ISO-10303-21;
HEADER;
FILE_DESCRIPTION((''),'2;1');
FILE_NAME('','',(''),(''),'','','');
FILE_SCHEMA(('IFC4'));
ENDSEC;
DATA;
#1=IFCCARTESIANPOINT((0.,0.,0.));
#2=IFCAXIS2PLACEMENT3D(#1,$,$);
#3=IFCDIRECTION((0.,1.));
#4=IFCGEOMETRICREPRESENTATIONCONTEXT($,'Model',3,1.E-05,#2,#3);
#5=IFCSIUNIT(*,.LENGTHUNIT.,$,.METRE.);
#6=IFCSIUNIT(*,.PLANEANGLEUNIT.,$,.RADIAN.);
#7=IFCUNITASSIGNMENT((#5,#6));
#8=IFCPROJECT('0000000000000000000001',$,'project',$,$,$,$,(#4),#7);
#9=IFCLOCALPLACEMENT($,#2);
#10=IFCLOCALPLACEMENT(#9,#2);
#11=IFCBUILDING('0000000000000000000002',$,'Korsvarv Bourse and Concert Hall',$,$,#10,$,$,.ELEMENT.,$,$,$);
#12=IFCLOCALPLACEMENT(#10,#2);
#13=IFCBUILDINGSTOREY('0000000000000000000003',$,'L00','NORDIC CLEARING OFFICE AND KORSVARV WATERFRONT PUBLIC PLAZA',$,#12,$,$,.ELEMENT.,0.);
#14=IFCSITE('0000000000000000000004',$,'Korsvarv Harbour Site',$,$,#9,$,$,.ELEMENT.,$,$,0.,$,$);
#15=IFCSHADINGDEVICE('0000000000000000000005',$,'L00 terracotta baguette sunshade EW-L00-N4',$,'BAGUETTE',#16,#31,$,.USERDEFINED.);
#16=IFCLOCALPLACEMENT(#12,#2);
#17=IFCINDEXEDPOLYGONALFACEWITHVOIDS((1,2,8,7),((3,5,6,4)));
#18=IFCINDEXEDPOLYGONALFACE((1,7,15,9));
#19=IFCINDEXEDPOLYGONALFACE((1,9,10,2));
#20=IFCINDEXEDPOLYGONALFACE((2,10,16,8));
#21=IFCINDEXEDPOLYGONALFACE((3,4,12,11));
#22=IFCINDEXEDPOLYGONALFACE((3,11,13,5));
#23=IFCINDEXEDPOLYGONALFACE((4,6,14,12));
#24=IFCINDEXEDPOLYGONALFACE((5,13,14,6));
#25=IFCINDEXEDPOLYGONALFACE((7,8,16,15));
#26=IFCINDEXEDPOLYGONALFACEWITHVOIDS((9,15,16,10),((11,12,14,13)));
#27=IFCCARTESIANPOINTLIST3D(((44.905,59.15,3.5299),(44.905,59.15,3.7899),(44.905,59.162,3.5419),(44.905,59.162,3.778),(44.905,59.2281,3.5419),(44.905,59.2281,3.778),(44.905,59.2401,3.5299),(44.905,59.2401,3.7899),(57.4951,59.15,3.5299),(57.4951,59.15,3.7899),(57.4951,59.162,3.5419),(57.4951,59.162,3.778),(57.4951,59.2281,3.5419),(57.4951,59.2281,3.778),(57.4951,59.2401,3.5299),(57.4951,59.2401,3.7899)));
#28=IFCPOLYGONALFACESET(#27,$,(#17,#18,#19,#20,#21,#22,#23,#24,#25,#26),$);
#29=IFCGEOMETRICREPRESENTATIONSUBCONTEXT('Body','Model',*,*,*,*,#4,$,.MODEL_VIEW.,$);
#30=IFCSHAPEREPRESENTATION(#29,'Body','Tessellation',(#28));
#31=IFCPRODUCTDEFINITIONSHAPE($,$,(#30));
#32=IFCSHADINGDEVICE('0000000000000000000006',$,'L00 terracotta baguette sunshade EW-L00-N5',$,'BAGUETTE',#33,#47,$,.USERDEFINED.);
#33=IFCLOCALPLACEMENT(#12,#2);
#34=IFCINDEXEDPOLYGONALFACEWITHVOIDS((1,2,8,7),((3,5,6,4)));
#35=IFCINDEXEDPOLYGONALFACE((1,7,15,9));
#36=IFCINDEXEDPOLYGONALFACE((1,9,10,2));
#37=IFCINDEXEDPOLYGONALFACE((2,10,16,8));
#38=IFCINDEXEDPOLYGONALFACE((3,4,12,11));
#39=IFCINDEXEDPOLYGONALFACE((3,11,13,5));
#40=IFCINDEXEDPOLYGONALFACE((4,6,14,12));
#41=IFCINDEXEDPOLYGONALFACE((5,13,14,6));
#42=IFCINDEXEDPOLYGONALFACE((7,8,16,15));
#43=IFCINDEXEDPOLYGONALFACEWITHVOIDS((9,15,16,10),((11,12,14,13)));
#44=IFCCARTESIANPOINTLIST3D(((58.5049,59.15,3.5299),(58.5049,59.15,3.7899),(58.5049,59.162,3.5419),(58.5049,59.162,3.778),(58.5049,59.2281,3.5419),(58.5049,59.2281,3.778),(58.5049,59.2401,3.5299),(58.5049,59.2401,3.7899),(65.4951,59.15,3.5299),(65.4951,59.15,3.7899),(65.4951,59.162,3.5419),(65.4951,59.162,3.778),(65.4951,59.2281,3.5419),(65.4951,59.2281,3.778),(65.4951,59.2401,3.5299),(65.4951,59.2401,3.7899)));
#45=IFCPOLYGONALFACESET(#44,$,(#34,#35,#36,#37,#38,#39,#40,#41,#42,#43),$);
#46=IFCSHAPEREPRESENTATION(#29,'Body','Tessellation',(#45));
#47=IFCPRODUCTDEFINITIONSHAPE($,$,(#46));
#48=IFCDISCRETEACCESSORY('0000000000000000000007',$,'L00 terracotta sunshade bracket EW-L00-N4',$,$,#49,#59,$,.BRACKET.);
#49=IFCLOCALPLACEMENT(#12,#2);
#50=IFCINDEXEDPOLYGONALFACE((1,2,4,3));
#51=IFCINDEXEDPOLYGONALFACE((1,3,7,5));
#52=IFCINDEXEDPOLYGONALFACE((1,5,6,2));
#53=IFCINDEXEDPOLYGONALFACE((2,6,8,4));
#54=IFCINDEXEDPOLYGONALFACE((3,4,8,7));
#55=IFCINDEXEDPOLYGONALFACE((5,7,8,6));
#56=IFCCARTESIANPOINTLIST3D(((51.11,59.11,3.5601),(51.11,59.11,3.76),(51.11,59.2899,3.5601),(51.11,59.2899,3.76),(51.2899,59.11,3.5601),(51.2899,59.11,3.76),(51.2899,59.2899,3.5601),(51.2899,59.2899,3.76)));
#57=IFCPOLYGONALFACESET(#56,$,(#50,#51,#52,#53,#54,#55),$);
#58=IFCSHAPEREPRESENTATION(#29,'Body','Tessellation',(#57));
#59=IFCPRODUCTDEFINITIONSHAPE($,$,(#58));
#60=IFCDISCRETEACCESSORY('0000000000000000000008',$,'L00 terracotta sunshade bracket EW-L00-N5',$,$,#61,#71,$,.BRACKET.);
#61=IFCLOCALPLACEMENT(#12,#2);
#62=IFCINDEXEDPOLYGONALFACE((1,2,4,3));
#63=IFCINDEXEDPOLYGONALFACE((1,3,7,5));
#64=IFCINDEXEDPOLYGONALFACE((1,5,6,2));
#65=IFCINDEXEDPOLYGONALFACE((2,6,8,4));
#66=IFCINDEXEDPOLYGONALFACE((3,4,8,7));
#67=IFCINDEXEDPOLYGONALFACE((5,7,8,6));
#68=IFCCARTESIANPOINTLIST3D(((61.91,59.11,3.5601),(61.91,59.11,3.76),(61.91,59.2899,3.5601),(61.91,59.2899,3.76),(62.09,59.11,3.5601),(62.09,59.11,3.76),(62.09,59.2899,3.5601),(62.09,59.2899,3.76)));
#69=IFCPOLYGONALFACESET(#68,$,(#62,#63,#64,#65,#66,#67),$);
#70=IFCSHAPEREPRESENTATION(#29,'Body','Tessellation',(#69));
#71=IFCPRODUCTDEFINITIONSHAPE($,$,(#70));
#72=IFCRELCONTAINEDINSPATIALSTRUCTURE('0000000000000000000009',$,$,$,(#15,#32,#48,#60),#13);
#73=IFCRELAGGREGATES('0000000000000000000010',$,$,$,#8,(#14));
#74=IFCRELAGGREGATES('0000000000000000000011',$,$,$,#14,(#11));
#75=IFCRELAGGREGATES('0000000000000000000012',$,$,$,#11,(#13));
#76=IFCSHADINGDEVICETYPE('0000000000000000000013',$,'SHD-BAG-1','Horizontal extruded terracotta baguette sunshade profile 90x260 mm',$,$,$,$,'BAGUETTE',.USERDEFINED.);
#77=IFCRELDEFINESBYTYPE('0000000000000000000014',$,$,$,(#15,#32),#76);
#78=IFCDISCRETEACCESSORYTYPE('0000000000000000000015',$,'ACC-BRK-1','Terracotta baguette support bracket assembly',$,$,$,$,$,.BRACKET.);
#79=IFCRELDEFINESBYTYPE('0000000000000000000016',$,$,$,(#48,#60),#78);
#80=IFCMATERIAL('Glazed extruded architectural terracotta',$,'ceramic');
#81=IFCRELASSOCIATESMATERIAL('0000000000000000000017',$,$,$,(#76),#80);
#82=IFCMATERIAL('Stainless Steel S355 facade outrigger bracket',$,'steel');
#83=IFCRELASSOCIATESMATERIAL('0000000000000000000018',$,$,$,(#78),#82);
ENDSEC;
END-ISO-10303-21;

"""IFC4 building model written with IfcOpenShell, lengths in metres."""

from ifc_helpers import new_model, si_unit, direction, frame, origin, origin_2d, place, context, subcontext, project, spatial, rectangle, hollow_rectangle, extrude, source, transform, mapped, material, material_profile, profile_set, type_object, element, save


model = new_model("IFC4")

# Units and contexts
model_context = context("Model", 3, precision=1e-05, world=origin(), true_north=direction((0.0, 1.0)))
body_context = subcontext(model_context, "Body", "Model", "MODEL_VIEW")
ifc_project = project(units=[si_unit("LENGTHUNIT", "METRE"), si_unit("PLANEANGLEUNIT", "RADIAN")], contexts=[model_context])

# Site, building, storey
site_placement = place(None, origin())
site = spatial("IfcSite", under=ifc_project, at=site_placement, Name="Korsvarv Harbour Site", CompositionType="ELEMENT", RefElevation=0.0)
building_placement = place(site_placement, origin())
building = spatial("IfcBuilding", under=site, at=building_placement, Name="Korsvarv Bourse and Concert Hall", CompositionType="ELEMENT")
storey_placement = place(building_placement, origin())
storey = spatial("IfcBuildingStorey", under=building, at=storey_placement, Name="L00", Description="NORDIC CLEARING OFFICE AND KORSVARV WATERFRONT PUBLIC PLAZA", CompositionType="ELEMENT", Elevation=0.0)

# Shading devices
ifc_material_1 = material(Name="Glazed extruded architectural terracotta", Category="ceramic")
ifc_material_profile_1 = material_profile(ifc_material_1, hollow_rectangle(XDim=0.0901, YDim=0.26, WallThickness=0.012, at=origin_2d()), Name="TC-BAG 90x260")
ifc_profile_set_1 = profile_set([ifc_material_profile_1], Name="Glazed extruded architectural terracotta")
shading_device_type = type_object("IfcShadingDeviceType", Name="SHD-BAG-1", Description="Horizontal extruded terracotta baguette sunshade profile 90x260 mm", ElementType="BAGUETTE", PredefinedType="USERDEFINED", material=ifc_profile_set_1)
shared_shape_1 = source(origin(), body_context, "Body", "SweptSolid", [
    extrude(hollow_rectangle(XDim=0.0901, YDim=0.26, WallThickness=0.012, at=origin_2d()), origin(), (0.0, 0.0, 1.0), 12.5901),
])
shading_device_1_placement = place(storey_placement, frame((44.905, 59.1951, 3.6599), z_axis=(1.0, 0.0, 0.0), x_axis=(0.0, 1.0, 0.0)))
element("IfcShadingDevice", 1, at=shading_device_1_placement, inside=storey, type_object=shading_device_type, Name="L00 terracotta baguette sunshade EW-L00-N4", ObjectType="BAGUETTE", PredefinedType="USERDEFINED", context=body_context, shape_type="MappedRepresentation", body=[
    mapped(shared_shape_1, transform((0.0, 0.0, 0.0), scale=1.0)),
])
shared_shape_2 = source(origin(), body_context, "Body", "SweptSolid", [
    extrude(hollow_rectangle(XDim=0.0901, YDim=0.26, WallThickness=0.012, at=origin_2d()), origin(), (0.0, 0.0, 1.0), 6.9902),
])
shading_device_2_placement = place(storey_placement, frame((58.5049, 59.1951, 3.6599), z_axis=(1.0, 0.0, 0.0), x_axis=(0.0, 1.0, 0.0)))
element("IfcShadingDevice", 2, at=shading_device_2_placement, inside=storey, type_object=shading_device_type, Name="L00 terracotta baguette sunshade EW-L00-N5", ObjectType="BAGUETTE", PredefinedType="USERDEFINED", context=body_context, shape_type="MappedRepresentation", body=[
    mapped(shared_shape_2, transform((0.0, 0.0, 0.0), scale=1.0)),
])

# Discrete accessories
ifc_material_2 = material(Name="Stainless Steel S355 facade outrigger bracket", Category="steel")
discrete_accessory_type = type_object("IfcDiscreteAccessoryType", Name="ACC-BRK-1", Description="Terracotta baguette support bracket assembly", PredefinedType="BRACKET", material=ifc_material_2)
shared_shape_3 = source(origin(), body_context, "Body", "SweptSolid", [
    extrude(rectangle(XDim=0.1799, YDim=0.1799, at=origin_2d()), origin(), (0.0, 0.0, 1.0), 0.2),
])
for number, where, z_axis, x_axis, name in (
    (3, (51.2, 59.2, 3.5601), (0.0, 0.0, 1.0), (1.0, 0.0, 0.0), "L00 terracotta sunshade bracket EW-L00-N4"),
    (4, (62.0, 59.2, 3.5601), (0.0, 0.0, 1.0), (1.0, 0.0, 0.0), "L00 terracotta sunshade bracket EW-L00-N5"),
):
    element("IfcDiscreteAccessory", number, at=place(storey_placement, frame(where, z_axis=z_axis, x_axis=x_axis)), inside=storey, type_object=discrete_accessory_type, Name=name, PredefinedType="BRACKET", context=body_context, shape_type="MappedRepresentation", body=[
        mapped(shared_shape_3, transform((0.0, 0.0, 0.0), scale=1.0)),
    ])

save(model, "model.ifc")
